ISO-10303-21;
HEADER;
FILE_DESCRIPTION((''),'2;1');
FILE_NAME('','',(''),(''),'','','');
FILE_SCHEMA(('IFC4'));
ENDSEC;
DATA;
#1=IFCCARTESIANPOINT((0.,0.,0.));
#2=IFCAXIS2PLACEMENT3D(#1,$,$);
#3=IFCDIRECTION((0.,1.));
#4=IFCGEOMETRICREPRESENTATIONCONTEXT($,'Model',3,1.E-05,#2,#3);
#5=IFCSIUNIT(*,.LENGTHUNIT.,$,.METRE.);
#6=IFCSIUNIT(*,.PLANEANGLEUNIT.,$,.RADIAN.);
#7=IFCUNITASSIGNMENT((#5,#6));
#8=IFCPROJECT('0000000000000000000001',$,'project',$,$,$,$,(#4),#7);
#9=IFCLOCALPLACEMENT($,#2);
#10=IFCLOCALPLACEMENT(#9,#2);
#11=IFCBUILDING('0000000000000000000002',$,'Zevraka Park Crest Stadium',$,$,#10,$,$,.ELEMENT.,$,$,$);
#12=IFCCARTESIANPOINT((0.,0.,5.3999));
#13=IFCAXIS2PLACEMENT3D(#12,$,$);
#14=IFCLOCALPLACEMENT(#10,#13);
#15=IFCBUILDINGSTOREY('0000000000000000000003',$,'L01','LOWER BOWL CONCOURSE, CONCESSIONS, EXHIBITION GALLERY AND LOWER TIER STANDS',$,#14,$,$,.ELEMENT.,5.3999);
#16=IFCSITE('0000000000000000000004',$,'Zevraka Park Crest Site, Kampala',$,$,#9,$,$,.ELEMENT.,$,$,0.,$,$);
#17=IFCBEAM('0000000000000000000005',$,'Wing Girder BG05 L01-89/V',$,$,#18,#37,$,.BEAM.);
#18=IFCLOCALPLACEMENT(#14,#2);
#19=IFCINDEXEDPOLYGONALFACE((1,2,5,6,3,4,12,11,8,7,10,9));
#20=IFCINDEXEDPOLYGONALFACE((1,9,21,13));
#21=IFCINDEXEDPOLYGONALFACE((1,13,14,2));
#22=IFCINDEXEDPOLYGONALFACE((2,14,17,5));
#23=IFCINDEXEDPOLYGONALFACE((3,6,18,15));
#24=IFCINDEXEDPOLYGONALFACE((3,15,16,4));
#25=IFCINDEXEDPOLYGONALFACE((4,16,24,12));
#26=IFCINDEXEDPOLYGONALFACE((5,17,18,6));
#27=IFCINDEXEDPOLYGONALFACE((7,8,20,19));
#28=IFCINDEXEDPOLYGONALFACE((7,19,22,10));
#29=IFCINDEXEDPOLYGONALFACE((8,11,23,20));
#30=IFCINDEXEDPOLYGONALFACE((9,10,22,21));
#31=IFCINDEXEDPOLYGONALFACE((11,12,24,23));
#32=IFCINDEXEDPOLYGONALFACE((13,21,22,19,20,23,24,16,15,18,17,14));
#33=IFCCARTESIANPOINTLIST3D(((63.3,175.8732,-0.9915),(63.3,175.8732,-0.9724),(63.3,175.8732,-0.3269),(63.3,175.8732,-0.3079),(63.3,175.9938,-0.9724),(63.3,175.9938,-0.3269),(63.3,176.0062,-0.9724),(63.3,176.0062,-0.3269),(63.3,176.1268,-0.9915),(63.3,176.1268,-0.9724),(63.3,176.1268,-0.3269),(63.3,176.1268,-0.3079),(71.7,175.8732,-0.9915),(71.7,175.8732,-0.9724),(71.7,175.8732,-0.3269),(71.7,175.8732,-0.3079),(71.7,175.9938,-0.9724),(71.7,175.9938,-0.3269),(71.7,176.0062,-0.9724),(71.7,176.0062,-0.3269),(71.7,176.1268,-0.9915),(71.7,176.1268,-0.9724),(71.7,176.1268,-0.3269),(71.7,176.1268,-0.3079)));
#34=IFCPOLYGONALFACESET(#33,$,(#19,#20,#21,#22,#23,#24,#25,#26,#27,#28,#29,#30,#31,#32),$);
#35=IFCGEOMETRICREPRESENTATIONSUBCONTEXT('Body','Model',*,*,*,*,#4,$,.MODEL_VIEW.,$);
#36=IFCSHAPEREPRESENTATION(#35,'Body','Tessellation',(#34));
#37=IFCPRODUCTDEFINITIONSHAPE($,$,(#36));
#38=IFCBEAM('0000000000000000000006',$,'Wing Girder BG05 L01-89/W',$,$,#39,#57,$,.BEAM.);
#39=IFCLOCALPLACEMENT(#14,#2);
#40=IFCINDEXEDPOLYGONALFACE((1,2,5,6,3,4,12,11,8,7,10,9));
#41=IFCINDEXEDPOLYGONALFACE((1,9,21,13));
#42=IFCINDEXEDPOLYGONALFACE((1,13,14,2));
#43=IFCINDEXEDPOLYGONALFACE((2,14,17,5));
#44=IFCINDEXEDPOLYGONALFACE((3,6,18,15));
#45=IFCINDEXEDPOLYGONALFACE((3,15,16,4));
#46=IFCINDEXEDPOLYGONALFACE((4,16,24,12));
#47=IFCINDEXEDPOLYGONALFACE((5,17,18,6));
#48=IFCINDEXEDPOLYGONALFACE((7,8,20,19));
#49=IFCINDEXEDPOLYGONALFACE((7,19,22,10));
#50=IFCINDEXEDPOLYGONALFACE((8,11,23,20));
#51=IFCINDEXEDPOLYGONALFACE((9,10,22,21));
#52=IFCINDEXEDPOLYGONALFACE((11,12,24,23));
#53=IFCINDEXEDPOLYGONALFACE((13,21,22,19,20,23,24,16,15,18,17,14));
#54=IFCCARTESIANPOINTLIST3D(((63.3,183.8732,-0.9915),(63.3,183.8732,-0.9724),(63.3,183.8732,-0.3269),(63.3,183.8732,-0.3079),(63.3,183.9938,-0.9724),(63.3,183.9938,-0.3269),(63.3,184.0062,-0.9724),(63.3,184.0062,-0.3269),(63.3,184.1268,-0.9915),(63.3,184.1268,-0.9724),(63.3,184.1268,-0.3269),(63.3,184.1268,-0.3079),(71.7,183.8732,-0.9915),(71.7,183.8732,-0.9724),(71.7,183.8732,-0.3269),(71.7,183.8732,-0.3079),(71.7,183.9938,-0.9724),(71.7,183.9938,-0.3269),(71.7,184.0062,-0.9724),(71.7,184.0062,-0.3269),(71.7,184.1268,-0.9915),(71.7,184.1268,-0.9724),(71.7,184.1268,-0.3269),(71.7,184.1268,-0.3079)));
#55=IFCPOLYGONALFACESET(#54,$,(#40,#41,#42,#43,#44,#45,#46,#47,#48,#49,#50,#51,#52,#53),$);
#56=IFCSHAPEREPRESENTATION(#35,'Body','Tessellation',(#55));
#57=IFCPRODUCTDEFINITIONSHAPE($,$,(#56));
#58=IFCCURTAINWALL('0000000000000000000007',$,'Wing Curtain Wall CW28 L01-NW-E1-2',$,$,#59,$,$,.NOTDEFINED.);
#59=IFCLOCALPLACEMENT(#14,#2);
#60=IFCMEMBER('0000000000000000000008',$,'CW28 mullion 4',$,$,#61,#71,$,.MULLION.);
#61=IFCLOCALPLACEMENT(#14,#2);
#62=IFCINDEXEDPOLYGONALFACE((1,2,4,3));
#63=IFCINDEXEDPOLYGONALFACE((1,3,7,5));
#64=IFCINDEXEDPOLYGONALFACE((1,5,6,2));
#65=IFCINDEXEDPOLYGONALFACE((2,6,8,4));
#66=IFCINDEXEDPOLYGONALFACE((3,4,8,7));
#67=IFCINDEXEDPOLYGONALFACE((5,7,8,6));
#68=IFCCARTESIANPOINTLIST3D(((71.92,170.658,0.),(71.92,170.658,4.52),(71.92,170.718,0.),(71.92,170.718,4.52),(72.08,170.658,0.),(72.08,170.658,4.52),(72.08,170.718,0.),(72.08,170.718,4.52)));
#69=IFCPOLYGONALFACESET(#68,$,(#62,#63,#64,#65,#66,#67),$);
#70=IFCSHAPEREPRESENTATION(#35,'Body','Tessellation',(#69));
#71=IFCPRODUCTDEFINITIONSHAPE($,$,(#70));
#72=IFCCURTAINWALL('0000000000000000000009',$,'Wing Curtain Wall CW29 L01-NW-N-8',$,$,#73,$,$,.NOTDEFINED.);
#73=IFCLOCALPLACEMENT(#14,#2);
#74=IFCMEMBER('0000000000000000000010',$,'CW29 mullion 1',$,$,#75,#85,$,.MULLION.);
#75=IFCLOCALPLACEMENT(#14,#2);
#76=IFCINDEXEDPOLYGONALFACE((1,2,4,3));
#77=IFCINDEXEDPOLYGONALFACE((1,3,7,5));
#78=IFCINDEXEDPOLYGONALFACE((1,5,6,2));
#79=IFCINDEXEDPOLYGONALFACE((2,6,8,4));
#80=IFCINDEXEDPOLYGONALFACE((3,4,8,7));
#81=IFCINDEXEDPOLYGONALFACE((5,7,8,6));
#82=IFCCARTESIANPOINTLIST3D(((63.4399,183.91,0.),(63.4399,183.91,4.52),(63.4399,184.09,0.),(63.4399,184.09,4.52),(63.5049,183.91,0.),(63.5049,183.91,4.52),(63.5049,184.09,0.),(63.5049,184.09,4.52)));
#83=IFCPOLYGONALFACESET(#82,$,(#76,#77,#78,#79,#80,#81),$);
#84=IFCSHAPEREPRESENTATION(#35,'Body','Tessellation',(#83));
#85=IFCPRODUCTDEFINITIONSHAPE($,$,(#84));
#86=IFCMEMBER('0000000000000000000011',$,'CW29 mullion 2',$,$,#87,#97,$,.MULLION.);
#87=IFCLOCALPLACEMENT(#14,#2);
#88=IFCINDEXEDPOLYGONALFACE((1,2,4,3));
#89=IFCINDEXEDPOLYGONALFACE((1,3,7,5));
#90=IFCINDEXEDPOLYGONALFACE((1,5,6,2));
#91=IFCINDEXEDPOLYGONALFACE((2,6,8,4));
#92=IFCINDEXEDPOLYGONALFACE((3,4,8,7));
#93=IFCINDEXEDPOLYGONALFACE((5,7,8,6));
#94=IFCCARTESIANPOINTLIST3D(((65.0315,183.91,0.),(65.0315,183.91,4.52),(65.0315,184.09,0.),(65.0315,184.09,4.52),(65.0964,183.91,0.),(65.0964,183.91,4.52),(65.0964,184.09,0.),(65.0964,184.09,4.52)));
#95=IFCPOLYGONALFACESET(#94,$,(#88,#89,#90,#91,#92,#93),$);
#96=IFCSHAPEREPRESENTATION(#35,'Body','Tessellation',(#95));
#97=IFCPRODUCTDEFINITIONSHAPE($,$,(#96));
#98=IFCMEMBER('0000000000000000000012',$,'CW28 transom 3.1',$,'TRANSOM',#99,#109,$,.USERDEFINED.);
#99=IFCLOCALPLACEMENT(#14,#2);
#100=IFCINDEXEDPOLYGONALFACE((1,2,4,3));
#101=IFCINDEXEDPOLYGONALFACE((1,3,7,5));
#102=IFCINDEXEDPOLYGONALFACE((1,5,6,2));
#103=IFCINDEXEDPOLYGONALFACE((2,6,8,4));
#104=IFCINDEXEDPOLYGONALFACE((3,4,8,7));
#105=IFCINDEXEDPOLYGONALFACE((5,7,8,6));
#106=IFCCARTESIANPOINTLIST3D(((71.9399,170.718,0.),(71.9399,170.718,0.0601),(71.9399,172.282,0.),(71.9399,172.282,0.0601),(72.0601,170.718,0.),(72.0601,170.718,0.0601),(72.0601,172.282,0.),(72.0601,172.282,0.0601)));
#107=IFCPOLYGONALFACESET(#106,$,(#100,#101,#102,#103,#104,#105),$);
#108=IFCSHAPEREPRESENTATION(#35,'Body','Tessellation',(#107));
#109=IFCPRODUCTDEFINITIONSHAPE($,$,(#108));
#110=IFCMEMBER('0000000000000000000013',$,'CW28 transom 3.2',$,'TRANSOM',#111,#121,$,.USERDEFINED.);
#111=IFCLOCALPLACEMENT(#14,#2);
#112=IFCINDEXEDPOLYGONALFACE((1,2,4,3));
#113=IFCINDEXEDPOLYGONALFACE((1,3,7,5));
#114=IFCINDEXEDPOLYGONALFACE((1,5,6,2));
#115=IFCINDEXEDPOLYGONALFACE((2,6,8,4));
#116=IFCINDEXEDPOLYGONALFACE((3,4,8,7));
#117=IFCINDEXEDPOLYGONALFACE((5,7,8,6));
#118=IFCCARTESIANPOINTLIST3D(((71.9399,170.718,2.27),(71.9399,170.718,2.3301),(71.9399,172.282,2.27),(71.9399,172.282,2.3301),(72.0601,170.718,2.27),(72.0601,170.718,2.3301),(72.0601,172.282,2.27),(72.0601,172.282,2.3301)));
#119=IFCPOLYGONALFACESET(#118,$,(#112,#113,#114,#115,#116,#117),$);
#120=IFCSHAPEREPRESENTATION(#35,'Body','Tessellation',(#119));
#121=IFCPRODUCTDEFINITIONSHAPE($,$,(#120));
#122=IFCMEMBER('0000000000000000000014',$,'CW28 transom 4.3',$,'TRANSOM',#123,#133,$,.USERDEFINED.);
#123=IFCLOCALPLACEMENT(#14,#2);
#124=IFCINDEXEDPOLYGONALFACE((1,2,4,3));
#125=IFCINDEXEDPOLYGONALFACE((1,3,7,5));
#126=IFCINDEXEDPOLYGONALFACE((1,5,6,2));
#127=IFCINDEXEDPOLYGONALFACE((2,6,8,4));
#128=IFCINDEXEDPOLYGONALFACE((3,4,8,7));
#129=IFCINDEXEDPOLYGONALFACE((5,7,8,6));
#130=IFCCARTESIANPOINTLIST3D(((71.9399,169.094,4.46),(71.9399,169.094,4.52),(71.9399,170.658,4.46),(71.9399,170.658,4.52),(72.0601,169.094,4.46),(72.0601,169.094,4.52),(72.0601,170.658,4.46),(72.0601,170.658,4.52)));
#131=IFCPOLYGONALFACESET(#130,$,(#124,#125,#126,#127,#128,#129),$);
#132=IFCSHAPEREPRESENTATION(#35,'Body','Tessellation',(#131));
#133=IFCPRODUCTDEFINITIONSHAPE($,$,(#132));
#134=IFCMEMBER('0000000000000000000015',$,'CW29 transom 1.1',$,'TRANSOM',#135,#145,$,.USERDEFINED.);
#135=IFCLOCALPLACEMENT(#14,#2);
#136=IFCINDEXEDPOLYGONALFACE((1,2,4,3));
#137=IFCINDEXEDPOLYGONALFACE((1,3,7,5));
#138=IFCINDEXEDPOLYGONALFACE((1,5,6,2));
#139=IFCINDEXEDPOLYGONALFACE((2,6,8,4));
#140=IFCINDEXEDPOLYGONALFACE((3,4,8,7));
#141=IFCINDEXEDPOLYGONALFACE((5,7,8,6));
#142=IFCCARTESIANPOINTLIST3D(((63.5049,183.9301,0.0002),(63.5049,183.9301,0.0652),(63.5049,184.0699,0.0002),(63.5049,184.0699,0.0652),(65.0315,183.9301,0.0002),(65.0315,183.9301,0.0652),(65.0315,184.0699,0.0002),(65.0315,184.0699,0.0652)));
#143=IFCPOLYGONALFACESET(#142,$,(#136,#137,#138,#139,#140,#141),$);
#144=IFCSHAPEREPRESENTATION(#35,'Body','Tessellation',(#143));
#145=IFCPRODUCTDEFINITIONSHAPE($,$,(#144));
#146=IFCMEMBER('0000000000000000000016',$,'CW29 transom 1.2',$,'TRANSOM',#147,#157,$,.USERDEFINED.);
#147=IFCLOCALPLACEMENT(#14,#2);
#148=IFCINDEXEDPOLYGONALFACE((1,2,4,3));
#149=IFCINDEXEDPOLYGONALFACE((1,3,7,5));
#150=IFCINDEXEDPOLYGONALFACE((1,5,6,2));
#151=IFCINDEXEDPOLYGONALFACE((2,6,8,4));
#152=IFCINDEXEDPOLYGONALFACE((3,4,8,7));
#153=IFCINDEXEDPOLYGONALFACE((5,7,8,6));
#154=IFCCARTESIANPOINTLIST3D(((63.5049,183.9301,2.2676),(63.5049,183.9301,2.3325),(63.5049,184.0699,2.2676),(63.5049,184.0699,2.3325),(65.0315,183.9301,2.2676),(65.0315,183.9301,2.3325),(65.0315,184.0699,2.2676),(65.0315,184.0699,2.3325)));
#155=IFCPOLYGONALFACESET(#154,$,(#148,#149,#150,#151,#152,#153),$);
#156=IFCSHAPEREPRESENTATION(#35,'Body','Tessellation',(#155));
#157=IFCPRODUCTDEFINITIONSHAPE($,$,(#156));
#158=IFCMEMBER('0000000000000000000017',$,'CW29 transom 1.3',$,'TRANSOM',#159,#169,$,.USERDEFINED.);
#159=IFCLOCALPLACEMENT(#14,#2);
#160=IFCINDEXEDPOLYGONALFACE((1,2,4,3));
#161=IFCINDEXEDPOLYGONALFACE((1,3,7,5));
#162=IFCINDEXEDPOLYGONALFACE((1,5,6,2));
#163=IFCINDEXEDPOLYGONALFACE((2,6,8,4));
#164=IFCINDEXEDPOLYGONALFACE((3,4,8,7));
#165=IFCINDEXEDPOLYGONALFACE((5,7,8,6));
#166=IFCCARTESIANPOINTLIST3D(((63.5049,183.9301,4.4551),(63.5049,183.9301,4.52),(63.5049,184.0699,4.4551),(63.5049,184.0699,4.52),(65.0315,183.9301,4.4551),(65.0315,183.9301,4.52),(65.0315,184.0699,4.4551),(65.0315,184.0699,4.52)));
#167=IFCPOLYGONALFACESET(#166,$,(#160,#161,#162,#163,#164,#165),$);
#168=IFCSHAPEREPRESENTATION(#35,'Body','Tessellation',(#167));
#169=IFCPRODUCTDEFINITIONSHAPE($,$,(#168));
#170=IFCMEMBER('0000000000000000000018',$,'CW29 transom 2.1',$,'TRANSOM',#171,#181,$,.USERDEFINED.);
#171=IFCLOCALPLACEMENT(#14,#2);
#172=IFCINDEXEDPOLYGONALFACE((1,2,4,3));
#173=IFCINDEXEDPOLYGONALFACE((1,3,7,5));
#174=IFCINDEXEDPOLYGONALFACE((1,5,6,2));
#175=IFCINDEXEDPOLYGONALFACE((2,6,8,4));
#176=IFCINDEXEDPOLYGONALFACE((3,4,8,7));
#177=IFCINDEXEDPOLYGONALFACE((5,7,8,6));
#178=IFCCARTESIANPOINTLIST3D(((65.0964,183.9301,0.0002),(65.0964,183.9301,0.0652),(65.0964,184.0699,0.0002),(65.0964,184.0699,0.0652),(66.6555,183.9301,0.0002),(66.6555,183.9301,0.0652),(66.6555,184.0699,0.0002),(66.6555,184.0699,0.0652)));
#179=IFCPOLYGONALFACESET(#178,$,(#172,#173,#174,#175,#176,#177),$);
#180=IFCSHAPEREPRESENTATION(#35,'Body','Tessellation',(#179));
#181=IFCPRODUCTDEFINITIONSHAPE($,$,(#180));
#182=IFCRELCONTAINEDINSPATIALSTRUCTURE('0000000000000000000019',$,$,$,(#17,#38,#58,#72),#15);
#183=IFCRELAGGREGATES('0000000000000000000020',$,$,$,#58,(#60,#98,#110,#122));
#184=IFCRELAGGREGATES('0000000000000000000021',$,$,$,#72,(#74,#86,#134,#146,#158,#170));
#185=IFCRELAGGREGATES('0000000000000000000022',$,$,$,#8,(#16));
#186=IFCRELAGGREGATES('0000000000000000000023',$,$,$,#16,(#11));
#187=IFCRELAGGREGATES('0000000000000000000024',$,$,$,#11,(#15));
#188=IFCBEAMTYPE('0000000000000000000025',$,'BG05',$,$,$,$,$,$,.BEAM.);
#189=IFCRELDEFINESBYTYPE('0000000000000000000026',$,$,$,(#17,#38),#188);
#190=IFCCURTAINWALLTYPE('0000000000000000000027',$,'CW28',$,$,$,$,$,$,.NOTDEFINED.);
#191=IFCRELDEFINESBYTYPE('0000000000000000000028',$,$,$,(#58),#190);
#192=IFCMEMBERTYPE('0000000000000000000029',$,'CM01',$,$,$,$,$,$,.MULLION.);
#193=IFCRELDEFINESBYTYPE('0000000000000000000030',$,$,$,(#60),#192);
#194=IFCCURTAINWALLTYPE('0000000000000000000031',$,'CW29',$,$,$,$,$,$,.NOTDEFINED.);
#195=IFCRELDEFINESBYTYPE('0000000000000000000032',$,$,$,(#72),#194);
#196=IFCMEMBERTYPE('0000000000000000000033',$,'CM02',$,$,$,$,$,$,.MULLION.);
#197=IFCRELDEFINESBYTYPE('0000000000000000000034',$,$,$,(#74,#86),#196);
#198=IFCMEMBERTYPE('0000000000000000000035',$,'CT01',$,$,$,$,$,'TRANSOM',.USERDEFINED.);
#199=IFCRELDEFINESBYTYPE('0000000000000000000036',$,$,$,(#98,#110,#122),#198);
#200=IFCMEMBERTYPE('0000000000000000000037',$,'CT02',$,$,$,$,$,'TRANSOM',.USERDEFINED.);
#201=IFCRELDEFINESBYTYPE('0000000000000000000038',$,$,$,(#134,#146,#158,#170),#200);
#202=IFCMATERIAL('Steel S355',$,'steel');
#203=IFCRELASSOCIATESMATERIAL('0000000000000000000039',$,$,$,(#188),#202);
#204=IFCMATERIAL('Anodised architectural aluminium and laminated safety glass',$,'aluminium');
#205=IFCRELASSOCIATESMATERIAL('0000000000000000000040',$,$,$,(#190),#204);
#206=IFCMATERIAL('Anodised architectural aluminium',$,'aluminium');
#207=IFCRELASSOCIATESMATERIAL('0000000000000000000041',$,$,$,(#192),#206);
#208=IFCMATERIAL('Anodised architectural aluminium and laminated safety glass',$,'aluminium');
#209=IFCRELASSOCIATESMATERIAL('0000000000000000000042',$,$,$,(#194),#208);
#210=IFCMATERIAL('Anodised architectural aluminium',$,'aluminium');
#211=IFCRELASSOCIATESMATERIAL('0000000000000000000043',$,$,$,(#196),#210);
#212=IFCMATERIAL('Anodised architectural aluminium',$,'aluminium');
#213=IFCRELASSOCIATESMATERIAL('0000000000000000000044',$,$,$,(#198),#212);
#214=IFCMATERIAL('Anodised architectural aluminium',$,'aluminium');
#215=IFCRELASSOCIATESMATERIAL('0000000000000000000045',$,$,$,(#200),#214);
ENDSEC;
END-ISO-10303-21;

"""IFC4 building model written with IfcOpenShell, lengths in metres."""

from ifc_helpers import new_model, si_unit, direction, frame, origin, origin_2d, place, context, subcontext, project, spatial, rectangle, i_section, extrude, material, material_profile, profile_set, type_object, element, aggregate, save


model = new_model("IFC4")

# Units and contexts
model_context = context("Model", 3, precision=1e-05, world=origin(), true_north=direction((0.0, 1.0)))
body_context = subcontext(model_context, "Body", "Model", "MODEL_VIEW")
ifc_project = project(units=[si_unit("LENGTHUNIT", "METRE"), si_unit("PLANEANGLEUNIT", "RADIAN")], contexts=[model_context])

# Site, building, storey
site_placement = place(None, origin())
site = spatial("IfcSite", under=ifc_project, at=site_placement, Name="Zevraka Park Crest Site, Kampala", CompositionType="ELEMENT", RefElevation=0.0)
building_placement = place(site_placement, origin())
building = spatial("IfcBuilding", under=site, at=building_placement, Name="Zevraka Park Crest Stadium", CompositionType="ELEMENT")
storey_placement = place(building_placement, frame((0.0, 0.0, 5.3999)))
storey = spatial("IfcBuildingStorey", under=building, at=storey_placement, Name="L01", Description="LOWER BOWL CONCOURSE, CONCESSIONS, EXHIBITION GALLERY AND LOWER TIER STANDS", CompositionType="ELEMENT", Elevation=5.3999)

# Beams
ifc_material_1 = material(Name="Steel S355", Category="steel")
ifc_material_profile_1 = material_profile(ifc_material_1, i_section(OverallWidth=0.2537, OverallDepth=0.6836, WebThickness=0.0125, FlangeThickness=0.019, at=origin_2d()), Name="UKB 686x254x140")
ifc_profile_set_1 = profile_set([ifc_material_profile_1], Name="Steel S355")
beam_type_1 = type_object("IfcBeamType", Name="BG05", PredefinedType="BEAM", material=ifc_profile_set_1)
for number, where, z_axis, x_axis, name in (
    (1, (63.3, 176.0, -0.6497), (1.0, 0.0, 0.0), (0.0, 1.0, 0.0), "Wing Girder BG05 L01-89/V"),
    (2, (63.3, 184.0, -0.6497), (1.0, 0.0, 0.0), (0.0, 1.0, 0.0), "Wing Girder BG05 L01-89/W"),
):
    element("IfcBeam", number, at=place(storey_placement, frame(where, z_axis=z_axis, x_axis=x_axis)), inside=storey, type_object=beam_type_1, Name=name, PredefinedType="BEAM", context=body_context, shape_type="SweptSolid", body=[
        extrude(i_section(OverallWidth=0.2537, OverallDepth=0.6836, WebThickness=0.0125, FlangeThickness=0.019, at=origin_2d()), origin(), (0.0, 0.0, 1.0), 8.3999),
    ])

# Curtain wall, member
ifc_material_2 = material(Name="Anodised architectural aluminium and laminated safety glass", Category="aluminium")
curtain_wall_type_1 = type_object("IfcCurtainWallType", Name="CW28", PredefinedType="NOTDEFINED", material=ifc_material_2)
curtain_wall_1_placement = place(storey_placement, origin())
curtain_wall_1 = element("IfcCurtainWall", 3, at=curtain_wall_1_placement, inside=storey, type_object=curtain_wall_type_1, Name="Wing Curtain Wall CW28 L01-NW-E1-2", PredefinedType="NOTDEFINED")
ifc_material_3 = material(Name="Anodised architectural aluminium", Category="aluminium")
ifc_material_profile_2 = material_profile(ifc_material_3, rectangle(XDim=0.1599, YDim=0.0601, at=origin_2d()), Name="ALU MULLION 160x60")
ifc_profile_set_2 = profile_set([ifc_material_profile_2], Name="Anodised architectural aluminium")
member_type_1 = type_object("IfcMemberType", Name="CM01", PredefinedType="MULLION", material=ifc_profile_set_2)
member_1_placement = place(storey_placement, frame((72.0, 170.688, 0.0), z_axis=(0.0, 0.0, 1.0), x_axis=(1.0, 0.0, 0.0)))
member_1 = element("IfcMember", 4, at=member_1_placement, type_object=member_type_1, Name="CW28 mullion 4", PredefinedType="MULLION", context=body_context, shape_type="SweptSolid", body=[
    extrude(rectangle(XDim=0.1599, YDim=0.0601, at=origin_2d()), origin(), (0.0, 0.0, 1.0), 4.52),
])

# Curtain wall, members
ifc_material_4 = material(Name="Anodised architectural aluminium and laminated safety glass", Category="aluminium")
curtain_wall_type_2 = type_object("IfcCurtainWallType", Name="CW29", PredefinedType="NOTDEFINED", material=ifc_material_4)
curtain_wall_2_placement = place(storey_placement, origin())
curtain_wall_2 = element("IfcCurtainWall", 5, at=curtain_wall_2_placement, inside=storey, type_object=curtain_wall_type_2, Name="Wing Curtain Wall CW29 L01-NW-N-8", PredefinedType="NOTDEFINED")
ifc_material_5 = material(Name="Anodised architectural aluminium", Category="aluminium")
ifc_material_profile_3 = material_profile(ifc_material_5, rectangle(XDim=0.1799, YDim=0.0649, at=origin_2d()), Name="ALU MULLION 180x65")
ifc_profile_set_3 = profile_set([ifc_material_profile_3], Name="Anodised architectural aluminium")
member_type_2 = type_object("IfcMemberType", Name="CM02", PredefinedType="MULLION", material=ifc_profile_set_3)
member_2_placement = place(storey_placement, frame((63.4724, 184.0, 0.0), z_axis=(0.0, 0.0, 1.0), x_axis=(0.0, 1.0, 0.0)))
member_2 = element("IfcMember", 6, at=member_2_placement, type_object=member_type_2, Name="CW29 mullion 1", PredefinedType="MULLION", context=body_context, shape_type="SweptSolid", body=[
    extrude(rectangle(XDim=0.1799, YDim=0.0649, at=origin_2d()), origin(), (0.0, 0.0, 1.0), 4.52),
])
member_3_placement = place(storey_placement, frame((65.064, 184.0, 0.0), z_axis=(0.0, 0.0, 1.0), x_axis=(0.0, 1.0, 0.0)))
member_3 = element("IfcMember", 7, at=member_3_placement, type_object=member_type_2, Name="CW29 mullion 2", PredefinedType="MULLION", context=body_context, shape_type="SweptSolid", body=[
    extrude(rectangle(XDim=0.1799, YDim=0.0649, at=origin_2d()), origin(), (0.0, 0.0, 1.0), 4.52),
])

# Members
ifc_material_6 = material(Name="Anodised architectural aluminium", Category="aluminium")
ifc_material_profile_4 = material_profile(ifc_material_6, rectangle(XDim=0.1201, YDim=0.0601, at=origin_2d()), Name="ALU TRANSOM 120x60")
ifc_profile_set_4 = profile_set([ifc_material_profile_4], Name="Anodised architectural aluminium")
member_type_3 = type_object("IfcMemberType", Name="CT01", ElementType="TRANSOM", PredefinedType="USERDEFINED", material=ifc_profile_set_4)
member_4_placement = place(storey_placement, frame((72.0, 172.282, 0.03), z_axis=(0.0, -1.0, 0.0), x_axis=(1.0, 0.0, 0.0)))
member_4 = element("IfcMember", 8, at=member_4_placement, type_object=member_type_3, Name="CW28 transom 3.1", ObjectType="TRANSOM", PredefinedType="USERDEFINED", context=body_context, shape_type="SweptSolid", body=[
    extrude(rectangle(XDim=0.1201, YDim=0.0601, at=origin_2d()), origin(), (0.0, 0.0, 1.0), 1.564),
])
member_5_placement = place(storey_placement, frame((72.0, 172.282, 2.3), z_axis=(0.0, -1.0, 0.0), x_axis=(1.0, 0.0, 0.0)))
member_5 = element("IfcMember", 9, at=member_5_placement, type_object=member_type_3, Name="CW28 transom 3.2", ObjectType="TRANSOM", PredefinedType="USERDEFINED", context=body_context, shape_type="SweptSolid", body=[
    extrude(rectangle(XDim=0.1201, YDim=0.0601, at=origin_2d()), origin(), (0.0, 0.0, 1.0), 1.564),
])
member_6_placement = place(storey_placement, frame((72.0, 170.658, 4.49), z_axis=(0.0, -1.0, 0.0), x_axis=(1.0, 0.0, 0.0)))
member_6 = element("IfcMember", 10, at=member_6_placement, type_object=member_type_3, Name="CW28 transom 4.3", ObjectType="TRANSOM", PredefinedType="USERDEFINED", context=body_context, shape_type="SweptSolid", body=[
    extrude(rectangle(XDim=0.1201, YDim=0.0601, at=origin_2d()), origin(), (0.0, 0.0, 1.0), 1.564),
])
ifc_material_7 = material(Name="Anodised architectural aluminium", Category="aluminium")
ifc_material_profile_5 = material_profile(ifc_material_7, rectangle(XDim=0.1399, YDim=0.0649, at=origin_2d()), Name="ALU TRANSOM 140x65")
ifc_profile_set_5 = profile_set([ifc_material_profile_5], Name="Anodised architectural aluminium")
member_type_4 = type_object("IfcMemberType", Name="CT02", ElementType="TRANSOM", PredefinedType="USERDEFINED", material=ifc_profile_set_5)
member_7_placement = place(storey_placement, frame((63.5049, 184.0, 0.0327), z_axis=(1.0, 0.0, 0.0), x_axis=(0.0, 1.0, 0.0)))
member_7 = element("IfcMember", 11, at=member_7_placement, type_object=member_type_4, Name="CW29 transom 1.1", ObjectType="TRANSOM", PredefinedType="USERDEFINED", context=body_context, shape_type="SweptSolid", body=[
    extrude(rectangle(XDim=0.1399, YDim=0.0649, at=origin_2d()), origin(), (0.0, 0.0, 1.0), 1.5266),
])
member_8_placement = place(storey_placement, frame((63.5049, 184.0, 2.3), z_axis=(1.0, 0.0, 0.0), x_axis=(0.0, 1.0, 0.0)))
member_8 = element("IfcMember", 12, at=member_8_placement, type_object=member_type_4, Name="CW29 transom 1.2", ObjectType="TRANSOM", PredefinedType="USERDEFINED", context=body_context, shape_type="SweptSolid", body=[
    extrude(rectangle(XDim=0.1399, YDim=0.0649, at=origin_2d()), origin(), (0.0, 0.0, 1.0), 1.5266),
])
member_9_placement = place(storey_placement, frame((63.5049, 184.0, 4.4875), z_axis=(1.0, 0.0, 0.0), x_axis=(0.0, 1.0, 0.0)))
member_9 = element("IfcMember", 13, at=member_9_placement, type_object=member_type_4, Name="CW29 transom 1.3", ObjectType="TRANSOM", PredefinedType="USERDEFINED", context=body_context, shape_type="SweptSolid", body=[
    extrude(rectangle(XDim=0.1399, YDim=0.0649, at=origin_2d()), origin(), (0.0, 0.0, 1.0), 1.5266),
])
member_10_placement = place(storey_placement, frame((65.0964, 184.0, 0.0327), z_axis=(1.0, 0.0, 0.0), x_axis=(0.0, 1.0, 0.0)))
member_10 = element("IfcMember", 14, at=member_10_placement, type_object=member_type_4, Name="CW29 transom 2.1", ObjectType="TRANSOM", PredefinedType="USERDEFINED", context=body_context, shape_type="SweptSolid", body=[
    extrude(rectangle(XDim=0.1399, YDim=0.0649, at=origin_2d()), origin(), (0.0, 0.0, 1.0), 1.5591),
])

aggregate(curtain_wall_1, [member_1, member_4, member_5, member_6])
aggregate(curtain_wall_2, [member_2, member_3, member_7, member_8, member_9, member_10])

save(model, "model.ifc")
